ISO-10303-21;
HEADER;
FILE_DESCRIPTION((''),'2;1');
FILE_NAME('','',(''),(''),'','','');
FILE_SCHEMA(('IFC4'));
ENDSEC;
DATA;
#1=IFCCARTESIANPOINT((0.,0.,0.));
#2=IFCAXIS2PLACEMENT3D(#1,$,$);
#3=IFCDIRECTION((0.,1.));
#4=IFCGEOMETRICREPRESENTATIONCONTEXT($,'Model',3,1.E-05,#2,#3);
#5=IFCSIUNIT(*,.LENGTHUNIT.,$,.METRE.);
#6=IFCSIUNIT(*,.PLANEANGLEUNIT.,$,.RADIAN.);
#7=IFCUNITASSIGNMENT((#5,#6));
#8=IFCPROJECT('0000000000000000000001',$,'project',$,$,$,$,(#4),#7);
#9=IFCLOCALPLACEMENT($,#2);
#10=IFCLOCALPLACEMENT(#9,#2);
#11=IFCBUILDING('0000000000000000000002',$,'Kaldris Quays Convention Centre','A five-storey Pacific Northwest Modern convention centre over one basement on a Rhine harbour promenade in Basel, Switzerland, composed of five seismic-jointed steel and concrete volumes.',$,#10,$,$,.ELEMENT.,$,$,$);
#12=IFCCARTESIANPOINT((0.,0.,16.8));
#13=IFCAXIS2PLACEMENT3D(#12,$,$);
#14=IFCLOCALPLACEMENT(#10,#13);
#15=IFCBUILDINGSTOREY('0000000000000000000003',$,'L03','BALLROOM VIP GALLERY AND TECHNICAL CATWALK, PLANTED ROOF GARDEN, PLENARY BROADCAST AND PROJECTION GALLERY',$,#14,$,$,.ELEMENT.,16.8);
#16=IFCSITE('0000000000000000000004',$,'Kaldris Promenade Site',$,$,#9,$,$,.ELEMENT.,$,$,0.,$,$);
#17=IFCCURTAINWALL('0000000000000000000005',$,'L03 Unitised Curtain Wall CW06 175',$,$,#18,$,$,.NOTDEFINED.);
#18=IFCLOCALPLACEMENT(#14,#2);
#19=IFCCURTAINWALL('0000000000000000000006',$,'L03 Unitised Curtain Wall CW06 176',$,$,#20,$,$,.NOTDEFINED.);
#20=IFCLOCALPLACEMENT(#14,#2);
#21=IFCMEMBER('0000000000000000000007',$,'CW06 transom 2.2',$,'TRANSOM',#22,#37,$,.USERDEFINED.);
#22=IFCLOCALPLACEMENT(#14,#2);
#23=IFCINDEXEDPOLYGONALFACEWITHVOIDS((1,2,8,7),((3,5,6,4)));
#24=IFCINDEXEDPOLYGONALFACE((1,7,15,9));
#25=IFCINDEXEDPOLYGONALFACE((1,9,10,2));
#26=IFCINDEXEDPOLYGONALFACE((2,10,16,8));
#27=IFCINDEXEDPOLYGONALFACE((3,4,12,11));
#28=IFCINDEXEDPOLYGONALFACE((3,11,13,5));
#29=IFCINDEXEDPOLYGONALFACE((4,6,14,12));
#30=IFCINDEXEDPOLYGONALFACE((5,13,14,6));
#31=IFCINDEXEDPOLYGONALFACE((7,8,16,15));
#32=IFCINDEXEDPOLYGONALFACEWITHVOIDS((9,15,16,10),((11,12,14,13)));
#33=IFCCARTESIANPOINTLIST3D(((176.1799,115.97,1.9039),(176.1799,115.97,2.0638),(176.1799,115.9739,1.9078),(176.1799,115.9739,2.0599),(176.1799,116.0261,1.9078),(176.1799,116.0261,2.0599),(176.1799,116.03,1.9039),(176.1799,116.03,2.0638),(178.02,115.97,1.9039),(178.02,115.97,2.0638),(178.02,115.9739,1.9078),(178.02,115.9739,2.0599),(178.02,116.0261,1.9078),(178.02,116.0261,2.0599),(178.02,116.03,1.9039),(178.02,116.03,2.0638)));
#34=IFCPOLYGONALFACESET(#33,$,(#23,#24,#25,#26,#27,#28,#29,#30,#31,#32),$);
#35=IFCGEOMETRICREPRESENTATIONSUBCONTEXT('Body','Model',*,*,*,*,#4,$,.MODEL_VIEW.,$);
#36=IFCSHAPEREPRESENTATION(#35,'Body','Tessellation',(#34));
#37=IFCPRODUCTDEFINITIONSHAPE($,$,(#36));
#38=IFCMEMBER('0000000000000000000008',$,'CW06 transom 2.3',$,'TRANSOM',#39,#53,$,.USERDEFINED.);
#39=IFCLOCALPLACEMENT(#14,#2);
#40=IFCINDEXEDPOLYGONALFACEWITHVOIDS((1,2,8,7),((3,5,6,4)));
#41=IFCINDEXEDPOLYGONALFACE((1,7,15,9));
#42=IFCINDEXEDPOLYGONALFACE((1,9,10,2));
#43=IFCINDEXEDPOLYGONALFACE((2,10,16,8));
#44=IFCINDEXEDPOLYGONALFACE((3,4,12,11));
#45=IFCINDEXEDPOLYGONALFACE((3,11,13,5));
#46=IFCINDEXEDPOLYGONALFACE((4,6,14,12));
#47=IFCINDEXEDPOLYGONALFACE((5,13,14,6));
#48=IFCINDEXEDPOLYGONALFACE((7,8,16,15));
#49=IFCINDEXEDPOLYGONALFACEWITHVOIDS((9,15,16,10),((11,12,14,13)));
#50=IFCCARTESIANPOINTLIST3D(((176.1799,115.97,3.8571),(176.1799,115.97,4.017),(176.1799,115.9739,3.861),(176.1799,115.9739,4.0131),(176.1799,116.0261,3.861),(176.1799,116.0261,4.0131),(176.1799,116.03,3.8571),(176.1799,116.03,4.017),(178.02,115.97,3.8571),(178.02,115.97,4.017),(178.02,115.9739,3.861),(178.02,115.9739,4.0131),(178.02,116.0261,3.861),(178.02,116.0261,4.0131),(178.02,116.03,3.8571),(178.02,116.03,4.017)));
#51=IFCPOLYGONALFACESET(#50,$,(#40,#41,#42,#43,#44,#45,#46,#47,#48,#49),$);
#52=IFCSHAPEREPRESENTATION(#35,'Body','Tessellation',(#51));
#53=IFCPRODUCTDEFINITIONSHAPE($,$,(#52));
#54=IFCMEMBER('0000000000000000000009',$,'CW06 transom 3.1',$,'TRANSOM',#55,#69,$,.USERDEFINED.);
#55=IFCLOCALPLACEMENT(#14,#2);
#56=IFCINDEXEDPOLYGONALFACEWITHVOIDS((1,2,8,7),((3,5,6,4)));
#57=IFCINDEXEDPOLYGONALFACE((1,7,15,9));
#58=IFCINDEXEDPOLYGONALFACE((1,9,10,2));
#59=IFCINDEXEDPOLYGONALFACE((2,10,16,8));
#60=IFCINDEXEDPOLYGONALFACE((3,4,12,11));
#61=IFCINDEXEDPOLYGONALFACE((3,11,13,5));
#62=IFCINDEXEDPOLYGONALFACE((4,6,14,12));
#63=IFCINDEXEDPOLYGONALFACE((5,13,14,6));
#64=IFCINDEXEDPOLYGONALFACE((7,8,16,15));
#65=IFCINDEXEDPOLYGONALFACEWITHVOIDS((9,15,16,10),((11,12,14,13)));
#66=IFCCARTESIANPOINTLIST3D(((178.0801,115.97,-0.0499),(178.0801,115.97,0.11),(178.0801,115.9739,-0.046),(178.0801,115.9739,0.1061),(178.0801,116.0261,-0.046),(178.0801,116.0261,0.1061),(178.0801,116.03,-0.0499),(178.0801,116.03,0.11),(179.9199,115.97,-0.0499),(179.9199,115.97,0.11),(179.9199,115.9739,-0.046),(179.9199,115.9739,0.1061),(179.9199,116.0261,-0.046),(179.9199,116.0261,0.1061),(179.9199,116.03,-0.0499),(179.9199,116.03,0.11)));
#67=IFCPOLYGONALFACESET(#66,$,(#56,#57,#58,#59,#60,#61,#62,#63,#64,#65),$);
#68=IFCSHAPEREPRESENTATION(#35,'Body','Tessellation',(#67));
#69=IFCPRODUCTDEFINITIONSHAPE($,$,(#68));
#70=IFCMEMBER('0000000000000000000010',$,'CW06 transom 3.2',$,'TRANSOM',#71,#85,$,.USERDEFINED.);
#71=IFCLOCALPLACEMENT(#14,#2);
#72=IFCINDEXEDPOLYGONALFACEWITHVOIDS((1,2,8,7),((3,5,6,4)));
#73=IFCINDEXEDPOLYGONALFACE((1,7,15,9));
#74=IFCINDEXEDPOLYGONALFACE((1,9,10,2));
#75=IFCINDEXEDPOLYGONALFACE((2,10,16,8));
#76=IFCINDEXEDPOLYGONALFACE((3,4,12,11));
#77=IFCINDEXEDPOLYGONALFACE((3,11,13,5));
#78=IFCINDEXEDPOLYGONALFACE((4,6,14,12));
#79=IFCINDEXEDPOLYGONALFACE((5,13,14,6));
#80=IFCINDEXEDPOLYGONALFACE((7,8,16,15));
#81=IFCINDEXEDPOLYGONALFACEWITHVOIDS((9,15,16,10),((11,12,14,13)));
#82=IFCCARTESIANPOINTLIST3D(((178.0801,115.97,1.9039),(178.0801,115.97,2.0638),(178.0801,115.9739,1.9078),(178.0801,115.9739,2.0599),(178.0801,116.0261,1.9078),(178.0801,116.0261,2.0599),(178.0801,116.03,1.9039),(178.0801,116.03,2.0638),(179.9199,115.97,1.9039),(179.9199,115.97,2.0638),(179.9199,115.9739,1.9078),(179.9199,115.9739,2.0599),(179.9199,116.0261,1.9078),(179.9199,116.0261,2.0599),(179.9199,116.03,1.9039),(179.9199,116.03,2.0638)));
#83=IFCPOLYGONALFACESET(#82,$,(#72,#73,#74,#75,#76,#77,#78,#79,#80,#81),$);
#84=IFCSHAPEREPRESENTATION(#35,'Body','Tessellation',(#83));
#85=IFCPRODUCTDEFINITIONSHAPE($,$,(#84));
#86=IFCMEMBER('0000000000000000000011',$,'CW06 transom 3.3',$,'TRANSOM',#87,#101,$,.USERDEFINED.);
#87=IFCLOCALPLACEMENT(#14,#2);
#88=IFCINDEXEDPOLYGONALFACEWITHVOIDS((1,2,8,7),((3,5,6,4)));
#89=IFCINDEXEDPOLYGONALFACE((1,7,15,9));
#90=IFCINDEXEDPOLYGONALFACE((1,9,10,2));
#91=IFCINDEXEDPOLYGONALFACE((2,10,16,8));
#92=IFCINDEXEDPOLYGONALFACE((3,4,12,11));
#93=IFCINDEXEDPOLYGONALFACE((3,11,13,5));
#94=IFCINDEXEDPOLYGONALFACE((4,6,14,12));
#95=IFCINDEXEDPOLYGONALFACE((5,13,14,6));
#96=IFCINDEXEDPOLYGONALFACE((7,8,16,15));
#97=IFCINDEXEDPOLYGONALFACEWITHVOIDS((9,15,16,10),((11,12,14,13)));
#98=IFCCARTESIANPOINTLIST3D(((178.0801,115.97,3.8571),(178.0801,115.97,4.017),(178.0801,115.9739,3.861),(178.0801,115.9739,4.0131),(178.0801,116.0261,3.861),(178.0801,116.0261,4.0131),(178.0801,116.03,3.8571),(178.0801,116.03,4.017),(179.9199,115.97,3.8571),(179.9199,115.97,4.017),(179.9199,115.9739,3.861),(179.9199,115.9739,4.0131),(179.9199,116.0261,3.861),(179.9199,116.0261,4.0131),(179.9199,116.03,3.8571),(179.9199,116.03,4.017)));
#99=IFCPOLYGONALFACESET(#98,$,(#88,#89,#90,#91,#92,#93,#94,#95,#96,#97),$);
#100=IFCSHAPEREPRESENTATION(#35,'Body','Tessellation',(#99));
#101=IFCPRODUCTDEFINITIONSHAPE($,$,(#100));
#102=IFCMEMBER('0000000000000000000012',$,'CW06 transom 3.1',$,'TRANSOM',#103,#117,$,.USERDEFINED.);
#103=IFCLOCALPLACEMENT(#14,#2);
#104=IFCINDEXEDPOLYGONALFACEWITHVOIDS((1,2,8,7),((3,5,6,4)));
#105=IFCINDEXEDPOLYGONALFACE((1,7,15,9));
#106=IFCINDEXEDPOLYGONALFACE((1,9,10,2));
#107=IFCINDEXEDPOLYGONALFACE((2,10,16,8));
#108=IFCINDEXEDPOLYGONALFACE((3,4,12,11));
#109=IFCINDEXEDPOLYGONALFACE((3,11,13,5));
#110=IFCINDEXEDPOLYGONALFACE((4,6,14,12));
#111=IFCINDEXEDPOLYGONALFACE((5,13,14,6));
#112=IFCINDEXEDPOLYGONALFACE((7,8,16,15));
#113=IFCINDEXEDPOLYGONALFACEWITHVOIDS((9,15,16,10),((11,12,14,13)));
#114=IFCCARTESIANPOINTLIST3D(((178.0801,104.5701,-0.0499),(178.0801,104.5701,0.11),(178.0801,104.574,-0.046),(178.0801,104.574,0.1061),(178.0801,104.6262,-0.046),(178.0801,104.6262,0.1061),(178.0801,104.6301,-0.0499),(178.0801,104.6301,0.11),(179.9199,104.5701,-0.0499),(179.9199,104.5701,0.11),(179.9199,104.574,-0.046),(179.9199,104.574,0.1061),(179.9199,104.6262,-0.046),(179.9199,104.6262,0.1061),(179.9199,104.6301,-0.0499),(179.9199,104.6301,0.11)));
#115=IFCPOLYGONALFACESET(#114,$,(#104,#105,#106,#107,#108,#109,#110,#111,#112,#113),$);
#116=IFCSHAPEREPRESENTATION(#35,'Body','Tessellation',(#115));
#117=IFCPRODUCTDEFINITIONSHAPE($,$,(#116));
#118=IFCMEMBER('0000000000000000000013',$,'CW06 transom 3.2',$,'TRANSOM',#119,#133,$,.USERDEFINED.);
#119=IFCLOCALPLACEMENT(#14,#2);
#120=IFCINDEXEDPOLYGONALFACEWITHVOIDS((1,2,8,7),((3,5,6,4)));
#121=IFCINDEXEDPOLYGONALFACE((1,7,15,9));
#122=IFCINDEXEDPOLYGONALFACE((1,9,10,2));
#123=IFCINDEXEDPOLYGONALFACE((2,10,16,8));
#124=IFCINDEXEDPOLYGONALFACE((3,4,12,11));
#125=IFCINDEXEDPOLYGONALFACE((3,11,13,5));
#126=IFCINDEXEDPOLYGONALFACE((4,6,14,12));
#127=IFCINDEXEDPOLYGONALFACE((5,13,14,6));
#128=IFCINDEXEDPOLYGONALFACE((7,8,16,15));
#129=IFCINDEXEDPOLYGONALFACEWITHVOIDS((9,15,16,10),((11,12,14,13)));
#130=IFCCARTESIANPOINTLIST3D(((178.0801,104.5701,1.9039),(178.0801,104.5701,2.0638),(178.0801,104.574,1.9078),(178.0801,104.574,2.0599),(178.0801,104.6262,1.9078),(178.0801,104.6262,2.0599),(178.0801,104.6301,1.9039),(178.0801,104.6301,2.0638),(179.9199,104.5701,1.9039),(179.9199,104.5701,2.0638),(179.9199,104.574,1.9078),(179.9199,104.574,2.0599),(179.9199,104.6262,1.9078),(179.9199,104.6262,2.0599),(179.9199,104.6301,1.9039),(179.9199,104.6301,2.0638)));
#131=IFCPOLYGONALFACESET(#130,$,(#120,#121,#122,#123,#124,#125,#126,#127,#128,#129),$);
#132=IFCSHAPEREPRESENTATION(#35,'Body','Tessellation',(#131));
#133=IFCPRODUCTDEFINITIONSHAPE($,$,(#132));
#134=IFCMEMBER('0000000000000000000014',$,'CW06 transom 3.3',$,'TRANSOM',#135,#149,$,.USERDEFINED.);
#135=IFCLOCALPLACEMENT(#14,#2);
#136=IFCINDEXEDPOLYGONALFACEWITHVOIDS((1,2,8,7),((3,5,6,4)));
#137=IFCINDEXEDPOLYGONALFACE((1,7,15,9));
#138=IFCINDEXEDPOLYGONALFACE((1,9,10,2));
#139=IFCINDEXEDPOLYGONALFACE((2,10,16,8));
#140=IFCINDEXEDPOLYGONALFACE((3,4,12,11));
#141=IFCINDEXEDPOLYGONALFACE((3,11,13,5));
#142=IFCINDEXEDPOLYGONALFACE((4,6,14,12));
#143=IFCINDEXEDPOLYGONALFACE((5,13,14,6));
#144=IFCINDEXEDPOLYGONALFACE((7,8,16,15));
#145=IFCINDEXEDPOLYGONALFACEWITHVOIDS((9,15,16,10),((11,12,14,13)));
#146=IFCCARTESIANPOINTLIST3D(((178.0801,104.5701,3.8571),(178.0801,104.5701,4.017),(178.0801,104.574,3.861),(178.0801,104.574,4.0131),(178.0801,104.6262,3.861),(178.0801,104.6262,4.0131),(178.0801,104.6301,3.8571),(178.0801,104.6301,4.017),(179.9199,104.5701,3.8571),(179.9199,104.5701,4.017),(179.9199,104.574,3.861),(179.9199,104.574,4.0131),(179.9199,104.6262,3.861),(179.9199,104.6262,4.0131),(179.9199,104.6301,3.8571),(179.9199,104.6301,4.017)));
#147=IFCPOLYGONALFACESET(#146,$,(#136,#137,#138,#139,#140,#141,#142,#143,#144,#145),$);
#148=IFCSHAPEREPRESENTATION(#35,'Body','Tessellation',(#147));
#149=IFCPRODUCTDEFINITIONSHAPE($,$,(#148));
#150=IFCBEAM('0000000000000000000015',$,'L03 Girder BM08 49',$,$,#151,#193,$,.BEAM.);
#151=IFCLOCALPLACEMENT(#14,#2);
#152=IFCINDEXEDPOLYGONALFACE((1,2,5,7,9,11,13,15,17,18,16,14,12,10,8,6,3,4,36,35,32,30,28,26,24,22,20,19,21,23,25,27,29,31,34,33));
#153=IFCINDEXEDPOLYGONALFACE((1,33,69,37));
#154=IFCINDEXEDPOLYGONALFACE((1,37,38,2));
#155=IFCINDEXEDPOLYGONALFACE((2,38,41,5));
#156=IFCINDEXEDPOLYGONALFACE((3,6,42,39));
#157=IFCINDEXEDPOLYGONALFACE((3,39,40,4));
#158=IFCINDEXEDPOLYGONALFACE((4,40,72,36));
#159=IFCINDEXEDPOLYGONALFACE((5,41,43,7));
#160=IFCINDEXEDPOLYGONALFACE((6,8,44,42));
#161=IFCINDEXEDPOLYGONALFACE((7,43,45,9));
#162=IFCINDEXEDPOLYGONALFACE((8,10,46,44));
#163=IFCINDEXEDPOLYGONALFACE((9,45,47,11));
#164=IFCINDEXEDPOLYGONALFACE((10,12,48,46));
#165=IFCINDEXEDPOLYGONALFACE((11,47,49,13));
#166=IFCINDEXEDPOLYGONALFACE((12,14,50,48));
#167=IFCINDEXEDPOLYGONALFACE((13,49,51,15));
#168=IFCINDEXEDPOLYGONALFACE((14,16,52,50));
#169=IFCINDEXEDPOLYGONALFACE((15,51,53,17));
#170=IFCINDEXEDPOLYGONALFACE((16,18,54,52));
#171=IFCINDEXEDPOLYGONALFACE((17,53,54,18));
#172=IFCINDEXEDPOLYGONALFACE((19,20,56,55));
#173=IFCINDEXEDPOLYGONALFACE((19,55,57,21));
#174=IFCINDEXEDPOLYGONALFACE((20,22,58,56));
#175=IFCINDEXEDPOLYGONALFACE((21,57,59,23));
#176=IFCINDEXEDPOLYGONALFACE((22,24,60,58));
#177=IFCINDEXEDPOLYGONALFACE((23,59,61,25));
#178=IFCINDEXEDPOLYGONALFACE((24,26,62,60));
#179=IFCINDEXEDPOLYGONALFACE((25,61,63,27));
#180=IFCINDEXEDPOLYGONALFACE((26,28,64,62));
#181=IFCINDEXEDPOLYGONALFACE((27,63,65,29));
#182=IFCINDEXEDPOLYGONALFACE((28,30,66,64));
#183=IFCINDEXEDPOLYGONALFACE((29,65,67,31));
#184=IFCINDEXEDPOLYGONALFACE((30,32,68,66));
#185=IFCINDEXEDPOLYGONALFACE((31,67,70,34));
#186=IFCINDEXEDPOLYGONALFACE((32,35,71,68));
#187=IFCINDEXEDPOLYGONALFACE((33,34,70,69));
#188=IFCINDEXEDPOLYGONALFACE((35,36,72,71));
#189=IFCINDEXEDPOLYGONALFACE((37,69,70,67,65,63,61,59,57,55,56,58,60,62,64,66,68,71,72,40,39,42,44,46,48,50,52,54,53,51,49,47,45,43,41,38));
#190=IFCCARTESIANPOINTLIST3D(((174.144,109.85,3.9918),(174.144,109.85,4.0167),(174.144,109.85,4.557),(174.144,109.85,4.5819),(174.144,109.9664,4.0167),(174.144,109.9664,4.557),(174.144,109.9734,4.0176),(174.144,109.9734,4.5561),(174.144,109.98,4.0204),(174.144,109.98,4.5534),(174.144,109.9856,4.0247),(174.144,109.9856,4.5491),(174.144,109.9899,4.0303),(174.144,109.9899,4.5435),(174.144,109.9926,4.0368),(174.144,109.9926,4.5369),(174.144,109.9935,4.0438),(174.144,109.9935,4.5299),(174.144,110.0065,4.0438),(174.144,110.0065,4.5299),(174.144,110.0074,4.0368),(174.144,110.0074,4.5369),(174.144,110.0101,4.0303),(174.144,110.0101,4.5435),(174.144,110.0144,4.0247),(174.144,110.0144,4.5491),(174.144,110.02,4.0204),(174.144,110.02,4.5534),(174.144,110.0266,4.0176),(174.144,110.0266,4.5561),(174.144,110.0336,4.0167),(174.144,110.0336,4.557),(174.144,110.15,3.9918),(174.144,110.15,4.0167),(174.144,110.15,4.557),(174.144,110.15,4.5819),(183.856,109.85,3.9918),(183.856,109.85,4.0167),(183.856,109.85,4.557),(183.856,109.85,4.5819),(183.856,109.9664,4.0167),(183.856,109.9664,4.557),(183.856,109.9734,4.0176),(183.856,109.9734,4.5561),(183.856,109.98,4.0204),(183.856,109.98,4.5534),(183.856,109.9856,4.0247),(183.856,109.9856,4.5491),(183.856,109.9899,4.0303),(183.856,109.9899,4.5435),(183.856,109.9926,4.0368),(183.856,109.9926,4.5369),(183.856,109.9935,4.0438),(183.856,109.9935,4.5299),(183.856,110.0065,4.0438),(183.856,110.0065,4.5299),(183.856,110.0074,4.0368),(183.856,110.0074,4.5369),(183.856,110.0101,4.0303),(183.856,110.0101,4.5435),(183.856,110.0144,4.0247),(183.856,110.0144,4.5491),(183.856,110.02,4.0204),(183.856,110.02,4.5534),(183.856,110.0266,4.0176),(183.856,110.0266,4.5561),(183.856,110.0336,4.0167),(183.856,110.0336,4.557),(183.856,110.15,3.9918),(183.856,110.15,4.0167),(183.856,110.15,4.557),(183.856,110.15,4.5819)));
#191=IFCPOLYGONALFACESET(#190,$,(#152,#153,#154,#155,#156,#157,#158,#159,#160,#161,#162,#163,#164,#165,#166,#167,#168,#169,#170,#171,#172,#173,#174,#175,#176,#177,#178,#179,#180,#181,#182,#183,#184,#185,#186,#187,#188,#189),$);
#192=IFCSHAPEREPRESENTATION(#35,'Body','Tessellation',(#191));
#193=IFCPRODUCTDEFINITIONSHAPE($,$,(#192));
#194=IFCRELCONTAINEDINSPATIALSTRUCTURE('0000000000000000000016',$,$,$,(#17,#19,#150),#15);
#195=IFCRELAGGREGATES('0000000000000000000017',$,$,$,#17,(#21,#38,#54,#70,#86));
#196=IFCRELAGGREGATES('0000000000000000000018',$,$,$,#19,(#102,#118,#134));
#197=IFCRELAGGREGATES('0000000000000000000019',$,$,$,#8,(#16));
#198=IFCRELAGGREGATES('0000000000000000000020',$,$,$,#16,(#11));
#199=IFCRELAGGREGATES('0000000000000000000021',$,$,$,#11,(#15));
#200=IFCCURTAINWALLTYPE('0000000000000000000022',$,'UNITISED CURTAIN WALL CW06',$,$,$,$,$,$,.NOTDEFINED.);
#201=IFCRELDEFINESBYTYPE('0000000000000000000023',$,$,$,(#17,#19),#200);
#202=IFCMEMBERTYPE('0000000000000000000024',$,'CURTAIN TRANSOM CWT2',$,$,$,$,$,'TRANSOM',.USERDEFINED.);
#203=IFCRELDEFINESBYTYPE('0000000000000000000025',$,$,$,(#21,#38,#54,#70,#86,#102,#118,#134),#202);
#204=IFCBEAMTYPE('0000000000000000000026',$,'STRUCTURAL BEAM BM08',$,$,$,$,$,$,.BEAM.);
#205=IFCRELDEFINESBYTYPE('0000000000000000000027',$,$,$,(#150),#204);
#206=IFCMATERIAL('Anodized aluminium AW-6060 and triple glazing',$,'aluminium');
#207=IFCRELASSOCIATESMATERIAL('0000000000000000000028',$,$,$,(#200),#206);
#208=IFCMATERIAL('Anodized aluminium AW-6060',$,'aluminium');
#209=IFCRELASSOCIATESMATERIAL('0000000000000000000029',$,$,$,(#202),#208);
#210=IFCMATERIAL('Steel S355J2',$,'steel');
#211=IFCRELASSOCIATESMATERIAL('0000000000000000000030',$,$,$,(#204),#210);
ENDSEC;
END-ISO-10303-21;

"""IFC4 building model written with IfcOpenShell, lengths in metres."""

from ifc_helpers import new_model, si_unit, direction, frame, origin, origin_2d, place, context, subcontext, project, spatial, hollow_rectangle, i_section, extrude, material, material_profile, profile_set, type_object, element, aggregate, save


model = new_model("IFC4")

# Units and contexts
model_context = context("Model", 3, precision=1e-05, world=origin(), true_north=direction((0.0, 1.0)))
body_context = subcontext(model_context, "Body", "Model", "MODEL_VIEW")
ifc_project = project(units=[si_unit("LENGTHUNIT", "METRE"), si_unit("PLANEANGLEUNIT", "RADIAN")], contexts=[model_context])

# Site, building, storey
site_placement = place(None, origin())
site = spatial("IfcSite", under=ifc_project, at=site_placement, Name="Kaldris Promenade Site", CompositionType="ELEMENT", RefElevation=0.0)
building_placement = place(site_placement, origin())
building = spatial("IfcBuilding", under=site, at=building_placement, Name="Kaldris Quays Convention Centre", Description="A five-storey Pacific Northwest Modern convention centre over one basement on a Rhine harbour promenade in Basel, Switzerland, composed of five seismic-jointed steel and concrete volumes.", CompositionType="ELEMENT")
storey_placement = place(building_placement, frame((0.0, 0.0, 16.8)))
storey = spatial("IfcBuildingStorey", under=building, at=storey_placement, Name="L03", Description="BALLROOM VIP GALLERY AND TECHNICAL CATWALK, PLANTED ROOF GARDEN, PLENARY BROADCAST AND PROJECTION GALLERY", CompositionType="ELEMENT", Elevation=16.8)

# Shared definitions
ifc_material_1 = material(Name="Steel S355J2", Category="steel")

# Curtain wall
ifc_material_2 = material(Name="Anodized aluminium AW-6060 and triple glazing", Category="aluminium")
curtain_wall_type = type_object("IfcCurtainWallType", Name="UNITISED CURTAIN WALL CW06", PredefinedType="NOTDEFINED", material=ifc_material_2)
curtain_wall_1_placement = place(storey_placement, origin())
curtain_wall_1 = element("IfcCurtainWall", 1, at=curtain_wall_1_placement, inside=storey, type_object=curtain_wall_type, Name="L03 Unitised Curtain Wall CW06 175", PredefinedType="NOTDEFINED")
ifc_material_3 = material(Name="Anodized aluminium AW-6060", Category="aluminium")

# Curtain wall
curtain_wall_2_placement = place(storey_placement, origin())
curtain_wall_2 = element("IfcCurtainWall", 2, at=curtain_wall_2_placement, inside=storey, type_object=curtain_wall_type, Name="L03 Unitised Curtain Wall CW06 176", PredefinedType="NOTDEFINED")

# Members
ifc_material_profile_1 = material_profile(ifc_material_3, hollow_rectangle(XDim=0.0601, YDim=0.1599, WallThickness=0.0039, at=origin_2d()), Name="RHS 160x60x4")
ifc_profile_set_1 = profile_set([ifc_material_profile_1], Name="Anodized aluminium AW-6060")
member_type_1 = type_object("IfcMemberType", Name="CURTAIN TRANSOM CWT2", ElementType="TRANSOM", PredefinedType="USERDEFINED", material=ifc_profile_set_1)
member_1_placement = place(storey_placement, frame((176.1799, 116.0, 1.9839), z_axis=(1.0, 0.0, 0.0), x_axis=(0.0, 1.0, 0.0)))
member_1 = element("IfcMember", 3, at=member_1_placement, type_object=member_type_1, Name="CW06 transom 2.2", ObjectType="TRANSOM", PredefinedType="USERDEFINED", context=body_context, shape_type="SweptSolid", body=[
    extrude(hollow_rectangle(XDim=0.0601, YDim=0.1599, WallThickness=0.0039, at=origin_2d()), origin(), (0.0, 0.0, 1.0), 1.8401),
])
member_2_placement = place(storey_placement, frame((176.1799, 116.0, 3.937), z_axis=(1.0, 0.0, 0.0), x_axis=(0.0, 1.0, 0.0)))
member_2 = element("IfcMember", 4, at=member_2_placement, type_object=member_type_1, Name="CW06 transom 2.3", ObjectType="TRANSOM", PredefinedType="USERDEFINED", context=body_context, shape_type="SweptSolid", body=[
    extrude(hollow_rectangle(XDim=0.0601, YDim=0.1599, WallThickness=0.0039, at=origin_2d()), origin(), (0.0, 0.0, 1.0), 1.8401),
])
member_3_placement = place(storey_placement, frame((178.0801, 116.0, 0.03), z_axis=(1.0, 0.0, 0.0), x_axis=(0.0, 1.0, 0.0)))
member_3 = element("IfcMember", 5, at=member_3_placement, type_object=member_type_1, Name="CW06 transom 3.1", ObjectType="TRANSOM", PredefinedType="USERDEFINED", context=body_context, shape_type="SweptSolid", body=[
    extrude(hollow_rectangle(XDim=0.0601, YDim=0.1599, WallThickness=0.0039, at=origin_2d()), origin(), (0.0, 0.0, 1.0), 1.8398),
])
member_4_placement = place(storey_placement, frame((178.0801, 116.0, 1.9839), z_axis=(1.0, 0.0, 0.0), x_axis=(0.0, 1.0, 0.0)))
member_4 = element("IfcMember", 6, at=member_4_placement, type_object=member_type_1, Name="CW06 transom 3.2", ObjectType="TRANSOM", PredefinedType="USERDEFINED", context=body_context, shape_type="SweptSolid", body=[
    extrude(hollow_rectangle(XDim=0.0601, YDim=0.1599, WallThickness=0.0039, at=origin_2d()), origin(), (0.0, 0.0, 1.0), 1.8398),
])
member_5_placement = place(storey_placement, frame((178.0801, 116.0, 3.937), z_axis=(1.0, 0.0, 0.0), x_axis=(0.0, 1.0, 0.0)))
member_5 = element("IfcMember", 7, at=member_5_placement, type_object=member_type_1, Name="CW06 transom 3.3", ObjectType="TRANSOM", PredefinedType="USERDEFINED", context=body_context, shape_type="SweptSolid", body=[
    extrude(hollow_rectangle(XDim=0.0601, YDim=0.1599, WallThickness=0.0039, at=origin_2d()), origin(), (0.0, 0.0, 1.0), 1.8398),
])
member_6_placement = place(storey_placement, frame((178.0801, 104.6001, 0.03), z_axis=(1.0, 0.0, 0.0), x_axis=(0.0, 1.0, 0.0)))
member_6 = element("IfcMember", 8, at=member_6_placement, type_object=member_type_1, Name="CW06 transom 3.1", ObjectType="TRANSOM", PredefinedType="USERDEFINED", context=body_context, shape_type="SweptSolid", body=[
    extrude(hollow_rectangle(XDim=0.0601, YDim=0.1599, WallThickness=0.0039, at=origin_2d()), origin(), (0.0, 0.0, 1.0), 1.8398),
])
member_7_placement = place(storey_placement, frame((178.0801, 104.6001, 1.9839), z_axis=(1.0, 0.0, 0.0), x_axis=(0.0, 1.0, 0.0)))
member_7 = element("IfcMember", 9, at=member_7_placement, type_object=member_type_1, Name="CW06 transom 3.2", ObjectType="TRANSOM", PredefinedType="USERDEFINED", context=body_context, shape_type="SweptSolid", body=[
    extrude(hollow_rectangle(XDim=0.0601, YDim=0.1599, WallThickness=0.0039, at=origin_2d()), origin(), (0.0, 0.0, 1.0), 1.8398),
])
member_8_placement = place(storey_placement, frame((178.0801, 104.6001, 3.937), z_axis=(1.0, 0.0, 0.0), x_axis=(0.0, 1.0, 0.0)))
member_8 = element("IfcMember", 10, at=member_8_placement, type_object=member_type_1, Name="CW06 transom 3.3", ObjectType="TRANSOM", PredefinedType="USERDEFINED", context=body_context, shape_type="SweptSolid", body=[
    extrude(hollow_rectangle(XDim=0.0601, YDim=0.1599, WallThickness=0.0039, at=origin_2d()), origin(), (0.0, 0.0, 1.0), 1.8398),
])

# Beam
ifc_material_profile_2 = material_profile(ifc_material_1, i_section(OverallWidth=0.3, OverallDepth=0.5901, WebThickness=0.0129, FlangeThickness=0.0249, FilletRadius=0.0271, at=origin_2d()), Name="HEA 600")
ifc_profile_set_2 = profile_set([ifc_material_profile_2], Name="Steel S355J2")
beam_type_1 = type_object("IfcBeamType", Name="STRUCTURAL BEAM BM08", PredefinedType="BEAM", material=ifc_profile_set_2)
for number, where, z_axis, x_axis, name in (
    (11, (174.144, 110.0, 4.2869), (1.0, 0.0, 0.0), (0.0, 1.0, 0.0), "L03 Girder BM08 49"),
):
    element("IfcBeam", number, at=place(storey_placement, frame(where, z_axis=z_axis, x_axis=x_axis)), inside=storey, type_object=beam_type_1, Name=name, PredefinedType="BEAM", context=body_context, shape_type="SweptSolid", body=[
        extrude(i_section(OverallWidth=0.3, OverallDepth=0.5901, WebThickness=0.0129, FlangeThickness=0.0249, FilletRadius=0.0271, at=origin_2d()), origin(), (0.0, 0.0, 1.0), 9.7119),
    ])

aggregate(curtain_wall_1, [member_1, member_2, member_3, member_4, member_5])
aggregate(curtain_wall_2, [member_6, member_7, member_8])

save(model, "model.ifc")
